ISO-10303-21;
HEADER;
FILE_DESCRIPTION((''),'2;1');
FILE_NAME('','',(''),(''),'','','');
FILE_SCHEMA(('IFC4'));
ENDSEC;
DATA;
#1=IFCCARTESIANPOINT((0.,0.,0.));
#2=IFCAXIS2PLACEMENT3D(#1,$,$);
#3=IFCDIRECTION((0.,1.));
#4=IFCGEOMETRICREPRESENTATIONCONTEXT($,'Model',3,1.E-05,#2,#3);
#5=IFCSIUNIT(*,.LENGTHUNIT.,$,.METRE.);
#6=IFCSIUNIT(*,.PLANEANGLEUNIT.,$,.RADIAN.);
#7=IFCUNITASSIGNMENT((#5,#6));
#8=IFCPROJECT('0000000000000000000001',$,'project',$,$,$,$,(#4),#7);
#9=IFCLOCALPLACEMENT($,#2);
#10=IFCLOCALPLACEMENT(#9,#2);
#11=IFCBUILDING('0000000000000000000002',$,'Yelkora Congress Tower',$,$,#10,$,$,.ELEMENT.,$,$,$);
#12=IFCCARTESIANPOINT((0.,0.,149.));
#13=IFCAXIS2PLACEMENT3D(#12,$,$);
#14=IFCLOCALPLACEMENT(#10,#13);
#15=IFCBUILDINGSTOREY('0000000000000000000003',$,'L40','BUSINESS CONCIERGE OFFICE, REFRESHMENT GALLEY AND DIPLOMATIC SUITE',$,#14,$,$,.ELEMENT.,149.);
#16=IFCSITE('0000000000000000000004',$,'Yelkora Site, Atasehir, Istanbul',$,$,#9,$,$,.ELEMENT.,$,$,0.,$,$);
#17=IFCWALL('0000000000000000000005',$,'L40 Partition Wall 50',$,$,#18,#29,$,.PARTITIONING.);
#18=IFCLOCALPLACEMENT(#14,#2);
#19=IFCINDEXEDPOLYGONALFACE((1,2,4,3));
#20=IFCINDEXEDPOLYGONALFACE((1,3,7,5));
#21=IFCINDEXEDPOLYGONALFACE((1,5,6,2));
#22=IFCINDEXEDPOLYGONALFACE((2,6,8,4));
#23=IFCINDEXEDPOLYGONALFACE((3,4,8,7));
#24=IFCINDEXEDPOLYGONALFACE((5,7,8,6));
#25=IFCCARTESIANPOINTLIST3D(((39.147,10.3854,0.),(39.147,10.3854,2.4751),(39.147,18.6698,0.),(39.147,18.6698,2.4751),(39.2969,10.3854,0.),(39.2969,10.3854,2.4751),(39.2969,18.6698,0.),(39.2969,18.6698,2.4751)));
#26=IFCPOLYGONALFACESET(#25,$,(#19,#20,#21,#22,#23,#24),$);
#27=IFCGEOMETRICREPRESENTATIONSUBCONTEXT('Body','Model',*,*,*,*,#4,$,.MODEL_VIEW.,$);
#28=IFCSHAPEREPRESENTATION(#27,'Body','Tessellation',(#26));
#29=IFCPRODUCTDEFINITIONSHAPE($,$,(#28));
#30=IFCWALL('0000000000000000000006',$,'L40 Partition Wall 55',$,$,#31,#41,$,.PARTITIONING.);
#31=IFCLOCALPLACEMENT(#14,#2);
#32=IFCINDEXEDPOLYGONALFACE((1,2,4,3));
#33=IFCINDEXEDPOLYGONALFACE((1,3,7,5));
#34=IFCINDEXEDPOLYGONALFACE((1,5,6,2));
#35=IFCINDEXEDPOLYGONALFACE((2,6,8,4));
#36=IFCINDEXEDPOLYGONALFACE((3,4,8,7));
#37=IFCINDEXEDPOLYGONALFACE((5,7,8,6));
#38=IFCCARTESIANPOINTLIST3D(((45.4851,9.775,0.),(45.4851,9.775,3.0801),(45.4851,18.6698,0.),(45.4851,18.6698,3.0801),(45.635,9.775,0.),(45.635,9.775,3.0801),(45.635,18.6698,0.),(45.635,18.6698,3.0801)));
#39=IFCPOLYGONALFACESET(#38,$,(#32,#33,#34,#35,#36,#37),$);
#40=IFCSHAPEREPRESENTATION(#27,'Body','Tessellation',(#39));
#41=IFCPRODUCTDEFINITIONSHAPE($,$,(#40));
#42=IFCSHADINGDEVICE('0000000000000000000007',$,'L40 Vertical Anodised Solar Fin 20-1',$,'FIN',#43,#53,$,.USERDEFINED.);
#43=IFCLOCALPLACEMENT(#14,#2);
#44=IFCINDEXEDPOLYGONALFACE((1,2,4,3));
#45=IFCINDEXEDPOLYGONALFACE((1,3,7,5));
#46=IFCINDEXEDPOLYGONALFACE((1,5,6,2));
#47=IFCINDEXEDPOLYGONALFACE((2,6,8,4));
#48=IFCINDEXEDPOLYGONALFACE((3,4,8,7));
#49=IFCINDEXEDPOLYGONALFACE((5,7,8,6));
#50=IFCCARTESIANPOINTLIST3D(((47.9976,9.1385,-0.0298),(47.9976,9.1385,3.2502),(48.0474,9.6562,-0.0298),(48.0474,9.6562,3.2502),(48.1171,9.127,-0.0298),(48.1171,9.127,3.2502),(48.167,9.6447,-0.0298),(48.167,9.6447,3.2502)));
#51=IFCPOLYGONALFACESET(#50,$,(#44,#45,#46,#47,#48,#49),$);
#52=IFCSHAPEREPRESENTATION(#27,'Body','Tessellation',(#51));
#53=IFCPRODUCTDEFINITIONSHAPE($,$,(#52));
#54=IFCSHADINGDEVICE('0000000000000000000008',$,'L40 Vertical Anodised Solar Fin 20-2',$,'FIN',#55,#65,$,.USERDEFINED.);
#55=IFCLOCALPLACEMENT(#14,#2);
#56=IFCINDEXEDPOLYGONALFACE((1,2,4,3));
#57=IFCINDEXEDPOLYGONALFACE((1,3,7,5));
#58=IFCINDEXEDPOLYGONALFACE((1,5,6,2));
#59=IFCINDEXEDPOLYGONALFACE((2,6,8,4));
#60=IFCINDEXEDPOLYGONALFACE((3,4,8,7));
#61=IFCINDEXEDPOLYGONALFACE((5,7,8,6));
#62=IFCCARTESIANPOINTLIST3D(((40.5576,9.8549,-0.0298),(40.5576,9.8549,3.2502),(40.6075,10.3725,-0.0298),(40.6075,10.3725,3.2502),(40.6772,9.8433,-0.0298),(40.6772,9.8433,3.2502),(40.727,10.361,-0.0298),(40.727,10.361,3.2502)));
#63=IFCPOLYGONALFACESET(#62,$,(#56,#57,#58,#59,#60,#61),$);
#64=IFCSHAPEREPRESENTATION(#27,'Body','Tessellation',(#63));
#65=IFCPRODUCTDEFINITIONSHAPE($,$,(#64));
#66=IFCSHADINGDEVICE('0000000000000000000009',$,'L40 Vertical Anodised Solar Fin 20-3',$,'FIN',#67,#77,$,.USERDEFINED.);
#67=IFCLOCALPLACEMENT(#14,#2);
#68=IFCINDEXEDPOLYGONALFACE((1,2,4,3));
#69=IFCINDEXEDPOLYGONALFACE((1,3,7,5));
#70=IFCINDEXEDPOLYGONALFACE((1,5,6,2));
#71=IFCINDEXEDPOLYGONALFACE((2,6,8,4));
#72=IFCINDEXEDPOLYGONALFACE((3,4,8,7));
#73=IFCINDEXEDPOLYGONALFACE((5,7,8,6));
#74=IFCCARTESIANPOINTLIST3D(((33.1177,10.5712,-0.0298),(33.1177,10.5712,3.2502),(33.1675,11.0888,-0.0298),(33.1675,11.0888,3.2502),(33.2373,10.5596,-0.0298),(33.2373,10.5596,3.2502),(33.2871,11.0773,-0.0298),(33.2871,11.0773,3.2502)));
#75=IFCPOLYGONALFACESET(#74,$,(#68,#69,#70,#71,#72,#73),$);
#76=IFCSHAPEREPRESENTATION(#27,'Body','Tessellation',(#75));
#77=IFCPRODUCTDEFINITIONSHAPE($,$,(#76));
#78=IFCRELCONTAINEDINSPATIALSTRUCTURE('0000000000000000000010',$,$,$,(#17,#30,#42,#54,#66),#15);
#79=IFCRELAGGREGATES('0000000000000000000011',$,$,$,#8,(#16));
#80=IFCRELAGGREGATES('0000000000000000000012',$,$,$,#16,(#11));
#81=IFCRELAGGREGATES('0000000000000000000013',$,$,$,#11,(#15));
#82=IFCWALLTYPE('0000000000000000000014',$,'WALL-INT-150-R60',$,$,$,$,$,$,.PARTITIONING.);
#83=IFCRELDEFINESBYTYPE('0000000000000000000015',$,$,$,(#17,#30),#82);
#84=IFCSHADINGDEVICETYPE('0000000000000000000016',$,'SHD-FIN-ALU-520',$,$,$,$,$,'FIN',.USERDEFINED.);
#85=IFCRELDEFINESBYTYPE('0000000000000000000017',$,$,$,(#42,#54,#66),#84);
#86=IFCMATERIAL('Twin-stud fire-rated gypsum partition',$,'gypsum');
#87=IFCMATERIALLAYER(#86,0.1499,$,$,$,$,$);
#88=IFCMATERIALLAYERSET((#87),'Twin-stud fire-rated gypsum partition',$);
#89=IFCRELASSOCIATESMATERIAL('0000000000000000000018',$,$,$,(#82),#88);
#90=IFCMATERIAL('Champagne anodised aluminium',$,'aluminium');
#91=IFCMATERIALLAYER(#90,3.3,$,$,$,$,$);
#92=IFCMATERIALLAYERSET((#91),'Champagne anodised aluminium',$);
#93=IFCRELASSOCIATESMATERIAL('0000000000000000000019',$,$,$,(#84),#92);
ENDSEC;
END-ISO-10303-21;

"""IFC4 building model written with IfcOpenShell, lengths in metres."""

from ifc_helpers import new_model, si_unit, direction, frame, frame_2d, origin, origin_2d, place, context, subcontext, project, spatial, rectangle, extrude, material, layer, layer_set, type_object, element, save


model = new_model("IFC4")

# Units and contexts
model_context = context("Model", 3, precision=1e-05, world=origin(), true_north=direction((0.0, 1.0)))
body_context = subcontext(model_context, "Body", "Model", "MODEL_VIEW")
ifc_project = project(units=[si_unit("LENGTHUNIT", "METRE"), si_unit("PLANEANGLEUNIT", "RADIAN")], contexts=[model_context])

# Site, building, storey
site_placement = place(None, origin())
site = spatial("IfcSite", under=ifc_project, at=site_placement, Name="Yelkora Site, Atasehir, Istanbul", CompositionType="ELEMENT", RefElevation=0.0)
building_placement = place(site_placement, origin())
building = spatial("IfcBuilding", under=site, at=building_placement, Name="Yelkora Congress Tower", CompositionType="ELEMENT")
storey_placement = place(building_placement, frame((0.0, 0.0, 149.0)))
storey = spatial("IfcBuildingStorey", under=building, at=storey_placement, Name="L40", Description="BUSINESS CONCIERGE OFFICE, REFRESHMENT GALLEY AND DIPLOMATIC SUITE", CompositionType="ELEMENT", Elevation=149.0)

# Walls
ifc_material_1 = material(Name="Twin-stud fire-rated gypsum partition", Category="gypsum")
ifc_layer_1 = layer(ifc_material_1, 0.1499)
ifc_layer_set_1 = layer_set([ifc_layer_1], Name="Twin-stud fire-rated gypsum partition")
wall_type = type_object("IfcWallType", Name="WALL-INT-150-R60", PredefinedType="PARTITIONING", material=ifc_layer_set_1)
wall_1_placement = place(storey_placement, frame((39.2219, 10.3855, 0.0), z_axis=(0.0, 0.0, 1.0), x_axis=(0.0, 1.0, 0.0)))
element("IfcWall", 1, at=wall_1_placement, inside=storey, type_object=wall_type, Name="L40 Partition Wall 50", PredefinedType="PARTITIONING", context=body_context, shape_type="SweptSolid", body=[
    extrude(rectangle(XDim=8.2844, YDim=0.1499, at=frame_2d((4.1421, 0.0))), origin(), (0.0, 0.0, 1.0), 2.4751),
])
wall_2_placement = place(storey_placement, frame((45.5601, 9.7751, 0.0), z_axis=(0.0, 0.0, 1.0), x_axis=(0.0, 1.0, 0.0)))
element("IfcWall", 2, at=wall_2_placement, inside=storey, type_object=wall_type, Name="L40 Partition Wall 55", PredefinedType="PARTITIONING", context=body_context, shape_type="SweptSolid", body=[
    extrude(rectangle(XDim=8.8948, YDim=0.1499, at=frame_2d((4.4473, 0.0))), origin(), (0.0, 0.0, 1.0), 3.0801),
])

# Shading devices
ifc_material_2 = material(Name="Champagne anodised aluminium", Category="aluminium")
ifc_layer_2 = layer(ifc_material_2, 3.3)
ifc_layer_set_2 = layer_set([ifc_layer_2], Name="Champagne anodised aluminium")
shading_device_type = type_object("IfcShadingDeviceType", Name="SHD-FIN-ALU-520", ElementType="FIN", PredefinedType="USERDEFINED", material=ifc_layer_set_2)
for number, where, z_axis, x_axis, name in (
    (3, (48.0823, 9.3916, -0.0298), (0.0, 0.0, 1.0), (-0.995396, 0.095846, 0.0), "L40 Vertical Anodised Solar Fin 20-1"),
    (4, (40.6423, 10.1079, -0.0298), (0.0, 0.0, 1.0), (-0.995396, 0.095846, 0.0), "L40 Vertical Anodised Solar Fin 20-2"),
    (5, (33.2024, 10.8242, -0.0298), (0.0, 0.0, 1.0), (-0.995396, 0.095846, 0.0), "L40 Vertical Anodised Solar Fin 20-3"),
):
    element("IfcShadingDevice", number, at=place(storey_placement, frame(where, z_axis=z_axis, x_axis=x_axis)), inside=storey, type_object=shading_device_type, Name=name, ObjectType="FIN", PredefinedType="USERDEFINED", context=body_context, shape_type="SweptSolid", body=[
        extrude(rectangle(XDim=0.1201, YDim=0.52, at=origin_2d()), origin(), (0.0, 0.0, 1.0), 3.28),
    ])

save(model, "model.ifc")
